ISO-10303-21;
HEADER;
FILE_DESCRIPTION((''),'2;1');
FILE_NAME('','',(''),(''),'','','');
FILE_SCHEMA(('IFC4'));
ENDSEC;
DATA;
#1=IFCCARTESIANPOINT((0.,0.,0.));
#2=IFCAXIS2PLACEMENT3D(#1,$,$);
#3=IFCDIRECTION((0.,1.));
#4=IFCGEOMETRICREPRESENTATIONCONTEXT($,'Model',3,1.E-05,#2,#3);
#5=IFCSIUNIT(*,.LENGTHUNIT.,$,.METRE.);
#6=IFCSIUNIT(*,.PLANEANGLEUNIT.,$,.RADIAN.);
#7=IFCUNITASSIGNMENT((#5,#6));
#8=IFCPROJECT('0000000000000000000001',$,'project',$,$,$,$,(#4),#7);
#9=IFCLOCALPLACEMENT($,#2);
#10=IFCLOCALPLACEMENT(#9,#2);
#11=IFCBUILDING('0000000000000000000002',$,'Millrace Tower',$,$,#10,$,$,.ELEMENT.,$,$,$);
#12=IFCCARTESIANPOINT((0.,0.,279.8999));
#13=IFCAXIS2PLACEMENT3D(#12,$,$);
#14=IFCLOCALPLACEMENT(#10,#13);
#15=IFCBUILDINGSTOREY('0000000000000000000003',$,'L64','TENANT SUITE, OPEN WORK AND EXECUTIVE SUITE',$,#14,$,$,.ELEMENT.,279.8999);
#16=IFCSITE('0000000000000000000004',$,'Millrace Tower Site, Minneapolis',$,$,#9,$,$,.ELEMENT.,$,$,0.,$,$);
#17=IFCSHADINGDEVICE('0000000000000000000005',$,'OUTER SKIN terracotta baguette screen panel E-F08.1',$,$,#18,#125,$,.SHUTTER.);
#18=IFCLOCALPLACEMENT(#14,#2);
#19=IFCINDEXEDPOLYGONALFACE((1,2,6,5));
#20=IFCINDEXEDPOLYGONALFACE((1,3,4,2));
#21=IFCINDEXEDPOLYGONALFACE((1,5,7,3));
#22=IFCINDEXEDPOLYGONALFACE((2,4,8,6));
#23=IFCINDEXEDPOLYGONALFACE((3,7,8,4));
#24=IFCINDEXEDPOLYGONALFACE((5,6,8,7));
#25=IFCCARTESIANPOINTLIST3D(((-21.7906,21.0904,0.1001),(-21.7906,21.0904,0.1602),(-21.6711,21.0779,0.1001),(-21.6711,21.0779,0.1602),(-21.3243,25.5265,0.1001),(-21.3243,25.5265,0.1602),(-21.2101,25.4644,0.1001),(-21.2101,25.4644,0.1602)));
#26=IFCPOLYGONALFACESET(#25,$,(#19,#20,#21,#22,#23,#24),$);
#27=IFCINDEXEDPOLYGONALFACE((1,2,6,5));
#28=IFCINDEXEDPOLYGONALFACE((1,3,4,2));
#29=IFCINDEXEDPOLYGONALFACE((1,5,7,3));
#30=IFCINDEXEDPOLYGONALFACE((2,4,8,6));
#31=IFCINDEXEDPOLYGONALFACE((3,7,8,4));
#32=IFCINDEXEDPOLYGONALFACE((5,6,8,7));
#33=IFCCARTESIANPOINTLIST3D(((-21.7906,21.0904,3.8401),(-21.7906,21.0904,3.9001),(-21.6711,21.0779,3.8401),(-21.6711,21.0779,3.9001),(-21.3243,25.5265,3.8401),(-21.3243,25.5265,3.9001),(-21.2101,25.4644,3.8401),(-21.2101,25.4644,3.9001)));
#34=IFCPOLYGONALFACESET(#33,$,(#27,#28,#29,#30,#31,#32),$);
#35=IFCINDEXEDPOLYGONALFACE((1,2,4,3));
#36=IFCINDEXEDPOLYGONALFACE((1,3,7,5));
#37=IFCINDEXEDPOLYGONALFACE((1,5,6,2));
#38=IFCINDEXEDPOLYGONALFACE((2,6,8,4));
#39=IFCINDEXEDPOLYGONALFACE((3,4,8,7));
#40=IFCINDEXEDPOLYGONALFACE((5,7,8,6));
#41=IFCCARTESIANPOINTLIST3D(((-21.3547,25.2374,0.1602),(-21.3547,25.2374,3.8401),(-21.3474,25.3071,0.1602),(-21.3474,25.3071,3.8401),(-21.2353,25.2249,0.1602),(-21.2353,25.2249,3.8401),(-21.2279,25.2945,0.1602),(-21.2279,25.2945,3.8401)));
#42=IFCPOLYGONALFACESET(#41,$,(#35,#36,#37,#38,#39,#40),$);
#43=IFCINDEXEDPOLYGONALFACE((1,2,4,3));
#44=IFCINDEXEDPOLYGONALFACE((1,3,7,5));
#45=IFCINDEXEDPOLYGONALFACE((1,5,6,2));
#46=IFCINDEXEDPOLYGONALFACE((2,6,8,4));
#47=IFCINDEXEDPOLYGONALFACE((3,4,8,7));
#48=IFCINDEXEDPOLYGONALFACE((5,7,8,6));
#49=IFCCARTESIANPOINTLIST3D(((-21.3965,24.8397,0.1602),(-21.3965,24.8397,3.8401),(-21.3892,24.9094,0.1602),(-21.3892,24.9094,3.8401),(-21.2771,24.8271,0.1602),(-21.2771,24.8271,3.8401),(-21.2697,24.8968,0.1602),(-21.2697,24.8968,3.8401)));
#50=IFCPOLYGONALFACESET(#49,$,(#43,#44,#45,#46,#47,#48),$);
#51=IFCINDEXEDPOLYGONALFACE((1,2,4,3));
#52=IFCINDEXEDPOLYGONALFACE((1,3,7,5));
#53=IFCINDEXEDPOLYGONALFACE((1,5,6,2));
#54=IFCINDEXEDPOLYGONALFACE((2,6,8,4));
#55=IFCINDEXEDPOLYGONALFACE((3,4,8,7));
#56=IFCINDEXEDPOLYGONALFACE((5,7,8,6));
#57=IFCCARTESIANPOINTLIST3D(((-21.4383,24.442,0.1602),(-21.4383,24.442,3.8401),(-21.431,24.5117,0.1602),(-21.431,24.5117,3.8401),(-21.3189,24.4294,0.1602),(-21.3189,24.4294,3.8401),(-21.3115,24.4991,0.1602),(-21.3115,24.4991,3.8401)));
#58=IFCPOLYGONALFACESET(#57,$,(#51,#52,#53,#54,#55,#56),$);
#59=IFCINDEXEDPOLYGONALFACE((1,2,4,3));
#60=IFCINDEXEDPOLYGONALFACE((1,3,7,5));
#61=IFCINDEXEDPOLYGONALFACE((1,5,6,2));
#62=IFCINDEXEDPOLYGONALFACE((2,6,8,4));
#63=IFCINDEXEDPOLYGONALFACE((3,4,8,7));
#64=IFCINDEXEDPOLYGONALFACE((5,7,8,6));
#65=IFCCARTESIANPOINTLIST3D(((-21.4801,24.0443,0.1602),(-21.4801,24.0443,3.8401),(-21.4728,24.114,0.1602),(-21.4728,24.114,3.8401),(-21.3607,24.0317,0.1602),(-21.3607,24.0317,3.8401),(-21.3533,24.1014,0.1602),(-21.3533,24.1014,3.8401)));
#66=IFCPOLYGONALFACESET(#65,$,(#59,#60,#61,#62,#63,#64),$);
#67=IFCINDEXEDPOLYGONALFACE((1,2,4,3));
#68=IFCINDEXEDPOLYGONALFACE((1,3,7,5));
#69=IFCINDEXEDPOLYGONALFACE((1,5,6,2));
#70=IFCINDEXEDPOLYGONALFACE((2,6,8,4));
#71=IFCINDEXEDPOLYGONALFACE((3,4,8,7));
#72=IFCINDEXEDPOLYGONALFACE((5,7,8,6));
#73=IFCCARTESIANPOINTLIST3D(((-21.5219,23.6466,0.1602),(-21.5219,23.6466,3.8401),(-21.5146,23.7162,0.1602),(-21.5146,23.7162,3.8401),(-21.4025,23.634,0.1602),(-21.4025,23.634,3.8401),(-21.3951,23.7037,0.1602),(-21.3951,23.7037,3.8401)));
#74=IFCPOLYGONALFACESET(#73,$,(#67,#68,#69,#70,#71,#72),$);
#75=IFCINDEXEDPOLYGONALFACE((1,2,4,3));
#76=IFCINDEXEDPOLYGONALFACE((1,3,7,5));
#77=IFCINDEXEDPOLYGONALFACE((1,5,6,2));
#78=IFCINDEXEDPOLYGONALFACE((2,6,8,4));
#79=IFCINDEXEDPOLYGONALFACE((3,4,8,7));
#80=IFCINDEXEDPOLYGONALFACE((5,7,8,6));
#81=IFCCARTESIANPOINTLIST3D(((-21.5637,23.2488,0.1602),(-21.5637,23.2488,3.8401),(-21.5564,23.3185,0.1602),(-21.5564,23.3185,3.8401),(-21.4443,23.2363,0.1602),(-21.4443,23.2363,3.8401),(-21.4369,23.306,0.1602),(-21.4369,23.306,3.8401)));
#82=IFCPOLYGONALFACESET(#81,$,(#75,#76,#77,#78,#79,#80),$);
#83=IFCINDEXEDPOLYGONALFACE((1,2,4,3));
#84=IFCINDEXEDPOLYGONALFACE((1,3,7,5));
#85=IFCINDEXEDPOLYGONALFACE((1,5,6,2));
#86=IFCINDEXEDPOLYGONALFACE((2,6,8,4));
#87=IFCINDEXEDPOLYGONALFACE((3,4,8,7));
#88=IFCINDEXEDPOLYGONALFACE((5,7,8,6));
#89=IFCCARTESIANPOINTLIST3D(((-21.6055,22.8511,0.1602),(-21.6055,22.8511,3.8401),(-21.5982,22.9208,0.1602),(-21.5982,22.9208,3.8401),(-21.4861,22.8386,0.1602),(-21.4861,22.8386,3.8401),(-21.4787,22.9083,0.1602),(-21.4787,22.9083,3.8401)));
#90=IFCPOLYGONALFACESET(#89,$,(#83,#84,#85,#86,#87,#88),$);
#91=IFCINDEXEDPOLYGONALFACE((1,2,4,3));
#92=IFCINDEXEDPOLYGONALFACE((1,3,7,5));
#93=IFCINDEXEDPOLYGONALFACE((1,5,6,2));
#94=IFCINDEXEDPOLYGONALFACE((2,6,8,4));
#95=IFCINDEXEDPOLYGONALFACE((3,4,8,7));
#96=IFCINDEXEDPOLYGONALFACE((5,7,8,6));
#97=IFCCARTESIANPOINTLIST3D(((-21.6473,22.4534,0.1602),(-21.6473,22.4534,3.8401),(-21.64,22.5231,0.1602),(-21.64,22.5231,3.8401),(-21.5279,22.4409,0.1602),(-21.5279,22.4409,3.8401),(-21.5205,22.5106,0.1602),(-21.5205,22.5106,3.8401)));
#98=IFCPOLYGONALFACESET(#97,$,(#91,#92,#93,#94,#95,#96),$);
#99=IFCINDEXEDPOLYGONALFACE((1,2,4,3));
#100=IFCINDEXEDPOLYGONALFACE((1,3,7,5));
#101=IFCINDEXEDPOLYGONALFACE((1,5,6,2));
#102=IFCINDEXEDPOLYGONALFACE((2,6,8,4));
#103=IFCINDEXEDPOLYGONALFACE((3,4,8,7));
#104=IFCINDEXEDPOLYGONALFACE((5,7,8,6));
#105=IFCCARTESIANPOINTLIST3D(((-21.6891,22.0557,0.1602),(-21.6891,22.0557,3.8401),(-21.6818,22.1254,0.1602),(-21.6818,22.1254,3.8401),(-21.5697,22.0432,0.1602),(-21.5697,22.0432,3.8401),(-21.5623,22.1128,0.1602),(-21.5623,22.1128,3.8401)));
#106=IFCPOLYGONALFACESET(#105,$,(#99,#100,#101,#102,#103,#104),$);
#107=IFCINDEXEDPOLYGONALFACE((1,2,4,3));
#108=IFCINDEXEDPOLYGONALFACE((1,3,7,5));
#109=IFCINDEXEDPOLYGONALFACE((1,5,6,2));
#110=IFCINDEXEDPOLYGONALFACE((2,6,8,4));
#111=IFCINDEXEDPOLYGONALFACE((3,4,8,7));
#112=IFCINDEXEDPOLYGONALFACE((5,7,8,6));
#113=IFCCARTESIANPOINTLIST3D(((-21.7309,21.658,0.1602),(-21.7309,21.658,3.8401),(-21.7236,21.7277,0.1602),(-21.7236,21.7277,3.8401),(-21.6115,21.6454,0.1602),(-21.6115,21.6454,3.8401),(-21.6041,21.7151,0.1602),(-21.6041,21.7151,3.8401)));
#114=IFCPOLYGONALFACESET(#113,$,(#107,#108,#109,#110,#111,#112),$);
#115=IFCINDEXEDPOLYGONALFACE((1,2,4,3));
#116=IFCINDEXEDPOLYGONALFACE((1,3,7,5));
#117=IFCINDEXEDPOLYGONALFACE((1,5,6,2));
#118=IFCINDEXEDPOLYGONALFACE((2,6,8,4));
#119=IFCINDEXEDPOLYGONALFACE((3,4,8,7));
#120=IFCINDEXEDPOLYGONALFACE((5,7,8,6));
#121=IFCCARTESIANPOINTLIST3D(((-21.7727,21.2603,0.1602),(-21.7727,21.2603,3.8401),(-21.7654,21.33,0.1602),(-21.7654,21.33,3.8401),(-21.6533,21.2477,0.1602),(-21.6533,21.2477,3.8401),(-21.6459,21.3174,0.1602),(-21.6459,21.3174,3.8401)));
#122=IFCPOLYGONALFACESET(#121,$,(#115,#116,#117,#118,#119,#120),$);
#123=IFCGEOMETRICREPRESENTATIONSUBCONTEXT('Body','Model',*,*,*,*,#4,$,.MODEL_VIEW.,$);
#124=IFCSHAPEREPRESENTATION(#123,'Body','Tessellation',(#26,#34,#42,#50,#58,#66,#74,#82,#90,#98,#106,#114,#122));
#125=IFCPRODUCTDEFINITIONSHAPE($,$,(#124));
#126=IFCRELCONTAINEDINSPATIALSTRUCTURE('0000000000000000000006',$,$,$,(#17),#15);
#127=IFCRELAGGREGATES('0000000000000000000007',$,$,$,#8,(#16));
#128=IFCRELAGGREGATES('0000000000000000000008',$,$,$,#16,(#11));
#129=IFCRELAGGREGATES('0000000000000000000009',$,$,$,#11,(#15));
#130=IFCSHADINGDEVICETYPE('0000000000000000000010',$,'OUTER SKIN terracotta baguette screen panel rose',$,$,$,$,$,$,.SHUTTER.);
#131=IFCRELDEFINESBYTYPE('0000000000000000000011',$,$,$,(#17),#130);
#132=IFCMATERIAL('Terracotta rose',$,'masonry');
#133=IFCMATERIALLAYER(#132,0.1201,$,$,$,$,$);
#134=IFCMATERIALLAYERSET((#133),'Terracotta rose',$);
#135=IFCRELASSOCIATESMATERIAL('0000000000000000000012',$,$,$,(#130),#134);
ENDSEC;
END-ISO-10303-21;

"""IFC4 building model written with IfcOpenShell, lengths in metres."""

from ifc_helpers import new_model, entity, si_unit, direction, frame, frame_2d, origin, place, context, subcontext, project, spatial, rectangle, extrude, source, transform, mapped, material, layer, layer_set, type_object, element, save


model = new_model("IFC4")

# Units and contexts
model_context = context("Model", 3, precision=1e-05, world=origin(), true_north=direction((0.0, 1.0)))
body_context = subcontext(model_context, "Body", "Model", "MODEL_VIEW")
ifc_project = project(units=[si_unit("LENGTHUNIT", "METRE"), si_unit("PLANEANGLEUNIT", "RADIAN")], contexts=[model_context])

# Site, building, storey
site_placement = place(None, origin())
site = spatial("IfcSite", under=ifc_project, at=site_placement, Name="Millrace Tower Site, Minneapolis", CompositionType="ELEMENT", RefElevation=0.0)
building_placement = place(site_placement, origin())
building = spatial("IfcBuilding", under=site, at=building_placement, Name="Millrace Tower", CompositionType="ELEMENT")
storey_placement = place(building_placement, frame((0.0, 0.0, 279.8999)))
storey = spatial("IfcBuildingStorey", under=building, at=storey_placement, Name="L64", Description="TENANT SUITE, OPEN WORK AND EXECUTIVE SUITE", CompositionType="ELEMENT", Elevation=279.8999)

# Shading device
ifc_material_1 = material(Name="Terracotta rose", Category="masonry")
ifc_layer_1 = layer(ifc_material_1, 0.1201)
ifc_layer_set_1 = layer_set([ifc_layer_1], Name="Terracotta rose")
shading_device_type = type_object("IfcShadingDeviceType", Name="OUTER SKIN terracotta baguette screen panel rose", PredefinedType="SHUTTER", material=ifc_layer_set_1)
cartesian_point_1 = entity("IfcCartesianPoint", [-2.1929, 0.0601])
shared_polyline_1 = entity("IfcPolyline", [cartesian_point_1, entity("IfcCartesianPoint", [2.2178, 0.0601]), entity("IfcCartesianPoint", [2.2178, -0.0601]), entity("IfcCartesianPoint", [-2.2427, -0.0601]), cartesian_point_1])
shared_shape_1 = source(origin(), body_context, "Body", "SweptSolid", [
    entity("IfcExtrudedAreaSolid", entity("IfcArbitraryClosedProfileDef", "AREA", None, shared_polyline_1), entity("IfcAxis2Placement3D", entity("IfcCartesianPoint", [0.0, 0.0, 0.0])), entity("IfcDirection", [0.0, 0.0, 1.0]), 0.0601),
    entity("IfcExtrudedAreaSolid", entity("IfcArbitraryClosedProfileDef", "AREA", None, shared_polyline_1), entity("IfcAxis2Placement3D", entity("IfcCartesianPoint", [0.0, 0.0, 3.74])), entity("IfcDirection", [0.0, 0.0, 1.0]), 0.0601),
    extrude(rectangle(XDim=0.0701, YDim=0.1201, at=frame_2d((-1.9871, 0.0))), frame((0.0, 0.0, 0.0601)), (0.0, 0.0, 1.0), 3.6799),
    extrude(rectangle(XDim=0.0701, YDim=0.1201, at=frame_2d((-1.5872, 0.0))), frame((0.0, 0.0, 0.0601)), (0.0, 0.0, 1.0), 3.6799),
    extrude(rectangle(XDim=0.0701, YDim=0.1201, at=frame_2d((-1.1873, 0.0))), frame((0.0, 0.0, 0.0601)), (0.0, 0.0, 1.0), 3.6799),
    extrude(rectangle(XDim=0.0701, YDim=0.1201, at=frame_2d((-0.7874, 0.0))), frame((0.0, 0.0, 0.0601)), (0.0, 0.0, 1.0), 3.6799),
    extrude(rectangle(XDim=0.0701, YDim=0.1201, at=frame_2d((-0.3875, 0.0))), frame((0.0, 0.0, 0.0601)), (0.0, 0.0, 1.0), 3.6799),
    extrude(rectangle(XDim=0.0701, YDim=0.1201, at=frame_2d((0.0125, 0.0))), frame((0.0, 0.0, 0.0601)), (0.0, 0.0, 1.0), 3.6799),
    extrude(rectangle(XDim=0.0701, YDim=0.1201, at=frame_2d((0.4124, 0.0))), frame((0.0, 0.0, 0.0601)), (0.0, 0.0, 1.0), 3.6799),
    extrude(rectangle(XDim=0.0701, YDim=0.1201, at=frame_2d((0.8123, 0.0))), frame((0.0, 0.0, 0.0601)), (0.0, 0.0, 1.0), 3.6799),
    extrude(rectangle(XDim=0.0701, YDim=0.1201, at=frame_2d((1.2122, 0.0))), frame((0.0, 0.0, 0.0601)), (0.0, 0.0, 1.0), 3.6799),
    extrude(rectangle(XDim=0.0701, YDim=0.1201, at=frame_2d((1.6121, 0.0))), frame((0.0, 0.0, 0.0601)), (0.0, 0.0, 1.0), 3.6799),
    extrude(rectangle(XDim=0.0701, YDim=0.1201, at=frame_2d((2.012, 0.0))), frame((0.0, 0.0, 0.0601)), (0.0, 0.0, 1.0), 3.6799),
])
shading_device_1_placement = place(storey_placement, frame((-21.499, 23.2898, 0.1001), z_axis=(0.0, 0.0, 1.0), x_axis=(-0.104528, -0.994522, 0.0)))
element("IfcShadingDevice", 1, at=shading_device_1_placement, inside=storey, type_object=shading_device_type, Name="OUTER SKIN terracotta baguette screen panel E-F08.1", PredefinedType="SHUTTER", context=body_context, shape_type="MappedRepresentation", body=[
    mapped(shared_shape_1, transform((0.0, 0.0, 0.0), scale=1.0)),
])

save(model, "model.ifc")
